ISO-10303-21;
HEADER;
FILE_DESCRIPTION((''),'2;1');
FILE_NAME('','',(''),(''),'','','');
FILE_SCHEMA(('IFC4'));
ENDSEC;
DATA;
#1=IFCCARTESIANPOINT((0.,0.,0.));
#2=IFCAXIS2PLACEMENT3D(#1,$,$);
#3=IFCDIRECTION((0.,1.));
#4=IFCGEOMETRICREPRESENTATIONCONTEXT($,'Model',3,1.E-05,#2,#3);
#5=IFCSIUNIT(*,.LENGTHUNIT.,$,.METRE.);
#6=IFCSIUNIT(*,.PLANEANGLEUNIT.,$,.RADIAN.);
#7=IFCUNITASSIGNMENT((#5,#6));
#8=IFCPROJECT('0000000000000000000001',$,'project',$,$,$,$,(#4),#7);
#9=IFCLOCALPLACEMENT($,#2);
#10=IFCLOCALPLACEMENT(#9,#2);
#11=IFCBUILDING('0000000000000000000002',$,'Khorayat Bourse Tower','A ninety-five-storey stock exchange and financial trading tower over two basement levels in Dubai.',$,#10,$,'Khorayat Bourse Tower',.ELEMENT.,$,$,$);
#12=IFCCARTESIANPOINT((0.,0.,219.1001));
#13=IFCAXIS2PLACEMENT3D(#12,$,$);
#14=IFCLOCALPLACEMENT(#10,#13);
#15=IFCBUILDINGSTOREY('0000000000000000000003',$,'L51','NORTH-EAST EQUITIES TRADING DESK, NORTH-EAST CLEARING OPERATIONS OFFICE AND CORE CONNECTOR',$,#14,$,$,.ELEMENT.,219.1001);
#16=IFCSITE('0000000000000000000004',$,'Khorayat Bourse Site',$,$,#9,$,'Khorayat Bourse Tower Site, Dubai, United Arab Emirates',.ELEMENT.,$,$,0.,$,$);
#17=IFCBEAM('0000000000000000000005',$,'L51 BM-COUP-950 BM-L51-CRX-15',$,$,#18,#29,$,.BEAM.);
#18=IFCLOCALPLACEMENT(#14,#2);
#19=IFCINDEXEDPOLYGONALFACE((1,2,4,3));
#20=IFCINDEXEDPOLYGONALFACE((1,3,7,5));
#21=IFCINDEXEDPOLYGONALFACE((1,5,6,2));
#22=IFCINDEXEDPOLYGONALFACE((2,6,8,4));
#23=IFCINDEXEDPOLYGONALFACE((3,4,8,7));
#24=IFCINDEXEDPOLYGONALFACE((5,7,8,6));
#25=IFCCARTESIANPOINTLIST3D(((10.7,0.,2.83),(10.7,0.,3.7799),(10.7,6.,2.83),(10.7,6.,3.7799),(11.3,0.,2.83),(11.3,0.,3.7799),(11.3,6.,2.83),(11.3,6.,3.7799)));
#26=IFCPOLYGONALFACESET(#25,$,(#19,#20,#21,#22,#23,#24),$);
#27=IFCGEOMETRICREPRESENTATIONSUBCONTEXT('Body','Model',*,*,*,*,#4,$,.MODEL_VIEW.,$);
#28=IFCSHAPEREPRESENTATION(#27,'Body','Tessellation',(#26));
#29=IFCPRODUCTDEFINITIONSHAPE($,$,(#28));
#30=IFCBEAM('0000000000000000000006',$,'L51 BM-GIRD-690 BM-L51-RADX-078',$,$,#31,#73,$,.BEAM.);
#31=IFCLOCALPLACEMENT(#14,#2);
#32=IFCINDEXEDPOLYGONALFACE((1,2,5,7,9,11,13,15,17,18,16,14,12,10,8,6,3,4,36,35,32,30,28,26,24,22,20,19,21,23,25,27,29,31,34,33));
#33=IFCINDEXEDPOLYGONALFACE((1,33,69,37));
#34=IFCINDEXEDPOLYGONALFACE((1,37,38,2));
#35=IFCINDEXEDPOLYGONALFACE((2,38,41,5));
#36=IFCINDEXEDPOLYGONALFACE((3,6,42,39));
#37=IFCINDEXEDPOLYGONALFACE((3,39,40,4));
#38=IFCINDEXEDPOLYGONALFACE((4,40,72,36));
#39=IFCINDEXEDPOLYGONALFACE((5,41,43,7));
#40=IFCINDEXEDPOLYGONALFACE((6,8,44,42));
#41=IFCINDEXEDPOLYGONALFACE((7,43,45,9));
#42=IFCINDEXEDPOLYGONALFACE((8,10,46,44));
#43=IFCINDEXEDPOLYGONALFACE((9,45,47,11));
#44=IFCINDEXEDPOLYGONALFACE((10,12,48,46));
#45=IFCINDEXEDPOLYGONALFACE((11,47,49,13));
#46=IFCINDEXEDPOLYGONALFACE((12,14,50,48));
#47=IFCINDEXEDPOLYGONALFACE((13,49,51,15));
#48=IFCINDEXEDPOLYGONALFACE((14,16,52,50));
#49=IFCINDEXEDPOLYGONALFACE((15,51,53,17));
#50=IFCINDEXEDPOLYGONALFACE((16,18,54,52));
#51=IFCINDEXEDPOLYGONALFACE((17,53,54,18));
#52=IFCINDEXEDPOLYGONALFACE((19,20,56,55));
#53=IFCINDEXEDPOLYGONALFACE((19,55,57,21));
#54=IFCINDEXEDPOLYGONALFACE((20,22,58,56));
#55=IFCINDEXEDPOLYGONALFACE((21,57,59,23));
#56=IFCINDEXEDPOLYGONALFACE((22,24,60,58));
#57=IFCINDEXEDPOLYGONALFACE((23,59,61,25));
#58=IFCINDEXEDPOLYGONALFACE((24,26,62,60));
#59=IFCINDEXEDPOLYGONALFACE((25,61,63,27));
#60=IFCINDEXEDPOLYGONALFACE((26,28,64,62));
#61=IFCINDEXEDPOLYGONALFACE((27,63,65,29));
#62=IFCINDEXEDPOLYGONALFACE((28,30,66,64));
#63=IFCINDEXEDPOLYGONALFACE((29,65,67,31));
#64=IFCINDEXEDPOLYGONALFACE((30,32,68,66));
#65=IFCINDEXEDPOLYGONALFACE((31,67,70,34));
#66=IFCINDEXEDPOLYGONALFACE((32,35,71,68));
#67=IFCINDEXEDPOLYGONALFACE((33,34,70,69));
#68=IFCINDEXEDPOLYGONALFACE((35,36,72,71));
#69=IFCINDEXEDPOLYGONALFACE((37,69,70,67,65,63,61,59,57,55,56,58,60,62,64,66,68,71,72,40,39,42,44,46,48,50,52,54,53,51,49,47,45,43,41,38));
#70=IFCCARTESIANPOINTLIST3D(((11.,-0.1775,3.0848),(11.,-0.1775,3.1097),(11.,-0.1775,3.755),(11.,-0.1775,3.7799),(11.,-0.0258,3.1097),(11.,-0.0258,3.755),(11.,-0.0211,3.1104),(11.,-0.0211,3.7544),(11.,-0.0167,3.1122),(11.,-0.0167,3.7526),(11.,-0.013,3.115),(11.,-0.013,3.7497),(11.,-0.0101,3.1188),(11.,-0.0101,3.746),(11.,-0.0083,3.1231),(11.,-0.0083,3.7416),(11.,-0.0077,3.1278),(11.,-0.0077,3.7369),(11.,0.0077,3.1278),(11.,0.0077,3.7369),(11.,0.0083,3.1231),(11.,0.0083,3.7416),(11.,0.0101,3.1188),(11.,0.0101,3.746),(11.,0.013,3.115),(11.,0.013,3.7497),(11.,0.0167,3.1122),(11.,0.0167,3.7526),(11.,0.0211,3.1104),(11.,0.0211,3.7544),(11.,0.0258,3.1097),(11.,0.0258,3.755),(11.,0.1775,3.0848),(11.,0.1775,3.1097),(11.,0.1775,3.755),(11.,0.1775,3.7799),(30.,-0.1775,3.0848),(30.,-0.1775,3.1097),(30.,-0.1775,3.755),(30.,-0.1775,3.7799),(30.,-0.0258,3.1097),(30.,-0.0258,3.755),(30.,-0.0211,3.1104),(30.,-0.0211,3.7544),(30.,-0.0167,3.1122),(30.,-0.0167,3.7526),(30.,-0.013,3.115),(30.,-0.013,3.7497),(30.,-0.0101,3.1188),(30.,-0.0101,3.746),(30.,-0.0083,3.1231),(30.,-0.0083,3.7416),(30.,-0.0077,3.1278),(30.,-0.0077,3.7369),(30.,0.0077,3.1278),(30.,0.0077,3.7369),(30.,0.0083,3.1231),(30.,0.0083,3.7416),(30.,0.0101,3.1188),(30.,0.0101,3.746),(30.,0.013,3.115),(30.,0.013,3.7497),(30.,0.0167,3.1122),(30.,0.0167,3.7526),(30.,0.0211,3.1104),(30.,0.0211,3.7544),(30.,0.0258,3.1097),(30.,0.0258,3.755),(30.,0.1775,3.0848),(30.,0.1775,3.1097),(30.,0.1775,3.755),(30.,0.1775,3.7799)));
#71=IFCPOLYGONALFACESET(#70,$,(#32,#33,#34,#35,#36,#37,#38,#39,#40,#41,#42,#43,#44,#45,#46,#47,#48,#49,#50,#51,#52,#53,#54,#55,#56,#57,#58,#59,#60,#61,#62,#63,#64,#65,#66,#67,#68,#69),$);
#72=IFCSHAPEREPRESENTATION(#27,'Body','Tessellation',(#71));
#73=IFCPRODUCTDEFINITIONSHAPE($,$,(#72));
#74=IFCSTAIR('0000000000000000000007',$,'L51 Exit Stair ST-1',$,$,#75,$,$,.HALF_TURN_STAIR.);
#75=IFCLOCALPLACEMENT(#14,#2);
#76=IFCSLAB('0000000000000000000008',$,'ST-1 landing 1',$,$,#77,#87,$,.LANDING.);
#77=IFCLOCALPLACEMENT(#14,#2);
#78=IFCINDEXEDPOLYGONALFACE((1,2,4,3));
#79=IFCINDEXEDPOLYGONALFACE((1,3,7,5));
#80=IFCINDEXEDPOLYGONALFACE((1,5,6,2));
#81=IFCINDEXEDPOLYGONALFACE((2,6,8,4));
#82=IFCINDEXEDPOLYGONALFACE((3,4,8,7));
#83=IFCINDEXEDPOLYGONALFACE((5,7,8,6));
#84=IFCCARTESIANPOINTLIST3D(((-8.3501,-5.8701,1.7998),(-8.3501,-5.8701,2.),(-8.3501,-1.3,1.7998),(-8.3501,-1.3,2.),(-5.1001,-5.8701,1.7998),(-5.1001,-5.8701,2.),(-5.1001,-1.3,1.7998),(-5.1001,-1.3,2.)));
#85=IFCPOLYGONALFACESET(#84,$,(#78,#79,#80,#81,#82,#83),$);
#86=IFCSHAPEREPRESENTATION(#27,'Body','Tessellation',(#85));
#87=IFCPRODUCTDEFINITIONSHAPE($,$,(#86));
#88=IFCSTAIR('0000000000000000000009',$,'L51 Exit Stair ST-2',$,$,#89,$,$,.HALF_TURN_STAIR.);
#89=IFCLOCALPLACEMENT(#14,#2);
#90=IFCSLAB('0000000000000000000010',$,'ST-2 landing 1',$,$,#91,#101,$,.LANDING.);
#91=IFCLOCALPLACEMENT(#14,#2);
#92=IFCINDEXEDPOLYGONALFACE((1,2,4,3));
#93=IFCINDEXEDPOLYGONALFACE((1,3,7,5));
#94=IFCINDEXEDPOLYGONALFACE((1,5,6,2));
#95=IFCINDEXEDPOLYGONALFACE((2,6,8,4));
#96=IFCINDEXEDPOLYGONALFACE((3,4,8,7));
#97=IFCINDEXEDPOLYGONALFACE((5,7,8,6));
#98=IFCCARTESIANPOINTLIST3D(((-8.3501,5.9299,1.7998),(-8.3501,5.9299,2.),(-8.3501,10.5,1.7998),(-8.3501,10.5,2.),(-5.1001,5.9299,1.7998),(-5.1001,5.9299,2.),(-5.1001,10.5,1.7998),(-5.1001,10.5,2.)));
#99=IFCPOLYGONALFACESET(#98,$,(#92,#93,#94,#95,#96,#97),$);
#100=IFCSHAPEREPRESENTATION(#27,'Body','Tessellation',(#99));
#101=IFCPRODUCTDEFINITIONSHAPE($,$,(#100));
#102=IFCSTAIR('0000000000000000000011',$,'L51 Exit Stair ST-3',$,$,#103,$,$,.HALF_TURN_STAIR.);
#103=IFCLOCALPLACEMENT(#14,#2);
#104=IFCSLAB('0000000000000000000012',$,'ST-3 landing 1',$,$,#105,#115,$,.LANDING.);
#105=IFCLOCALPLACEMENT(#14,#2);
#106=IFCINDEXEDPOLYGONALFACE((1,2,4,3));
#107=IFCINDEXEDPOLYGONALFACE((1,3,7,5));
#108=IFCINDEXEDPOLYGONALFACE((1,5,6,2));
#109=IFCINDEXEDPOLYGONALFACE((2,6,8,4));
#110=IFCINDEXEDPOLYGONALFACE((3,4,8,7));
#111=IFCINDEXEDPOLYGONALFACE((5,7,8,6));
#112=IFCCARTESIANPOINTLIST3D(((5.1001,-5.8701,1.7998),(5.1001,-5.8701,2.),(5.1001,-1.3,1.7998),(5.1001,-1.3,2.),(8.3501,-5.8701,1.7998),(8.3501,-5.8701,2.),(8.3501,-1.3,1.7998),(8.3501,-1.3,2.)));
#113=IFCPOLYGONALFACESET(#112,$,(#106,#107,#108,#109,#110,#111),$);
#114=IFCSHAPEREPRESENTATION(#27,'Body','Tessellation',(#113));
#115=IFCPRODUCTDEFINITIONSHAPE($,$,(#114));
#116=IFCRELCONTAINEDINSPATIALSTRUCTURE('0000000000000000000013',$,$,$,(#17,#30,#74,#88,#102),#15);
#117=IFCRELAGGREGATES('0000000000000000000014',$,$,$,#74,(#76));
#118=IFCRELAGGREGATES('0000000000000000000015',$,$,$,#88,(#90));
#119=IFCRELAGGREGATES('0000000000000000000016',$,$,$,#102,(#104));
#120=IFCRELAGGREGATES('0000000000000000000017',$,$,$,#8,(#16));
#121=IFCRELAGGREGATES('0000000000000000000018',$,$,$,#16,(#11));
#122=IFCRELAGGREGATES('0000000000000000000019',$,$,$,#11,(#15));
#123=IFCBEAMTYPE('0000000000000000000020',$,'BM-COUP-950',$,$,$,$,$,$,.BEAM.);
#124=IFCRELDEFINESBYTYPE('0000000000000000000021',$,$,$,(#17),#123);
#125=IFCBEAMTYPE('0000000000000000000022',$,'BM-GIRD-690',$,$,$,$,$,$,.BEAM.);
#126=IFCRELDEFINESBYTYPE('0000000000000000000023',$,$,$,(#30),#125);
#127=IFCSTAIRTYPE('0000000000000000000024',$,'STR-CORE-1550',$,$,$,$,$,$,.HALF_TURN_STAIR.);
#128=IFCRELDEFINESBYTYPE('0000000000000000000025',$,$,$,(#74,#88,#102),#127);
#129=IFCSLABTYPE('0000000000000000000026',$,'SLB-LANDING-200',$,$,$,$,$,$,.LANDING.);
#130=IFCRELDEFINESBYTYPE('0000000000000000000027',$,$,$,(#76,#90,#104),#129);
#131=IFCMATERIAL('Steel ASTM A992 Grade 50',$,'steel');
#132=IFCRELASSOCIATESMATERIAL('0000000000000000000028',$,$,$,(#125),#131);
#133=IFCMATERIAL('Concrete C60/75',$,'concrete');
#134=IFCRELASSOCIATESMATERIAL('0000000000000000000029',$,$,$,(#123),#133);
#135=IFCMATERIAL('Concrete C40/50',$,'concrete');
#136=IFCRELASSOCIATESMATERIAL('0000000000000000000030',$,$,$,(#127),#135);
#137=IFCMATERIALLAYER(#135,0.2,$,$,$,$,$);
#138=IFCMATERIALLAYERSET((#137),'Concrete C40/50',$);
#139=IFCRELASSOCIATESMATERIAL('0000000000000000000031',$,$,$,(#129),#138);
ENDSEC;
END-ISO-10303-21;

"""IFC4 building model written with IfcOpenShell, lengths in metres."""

from ifc_helpers import new_model, si_unit, direction, frame, origin, origin_2d, place, context, subcontext, project, spatial, polyline, rectangle, i_section, outline, extrude, source, transform, mapped, material, layer, layer_set, material_profile, profile_set, type_object, element, aggregate, save


model = new_model("IFC4")

# Units and contexts
model_context = context("Model", 3, precision=1e-05, world=origin(), true_north=direction((0.0, 1.0)))
body_context = subcontext(model_context, "Body", "Model", "MODEL_VIEW")
ifc_project = project(units=[si_unit("LENGTHUNIT", "METRE"), si_unit("PLANEANGLEUNIT", "RADIAN")], contexts=[model_context])

# Site, building, storey
site_placement = place(None, origin())
site = spatial("IfcSite", under=ifc_project, at=site_placement, Name="Khorayat Bourse Site", LongName="Khorayat Bourse Tower Site, Dubai, United Arab Emirates", CompositionType="ELEMENT", RefElevation=0.0)
building_placement = place(site_placement, origin())
building = spatial("IfcBuilding", under=site, at=building_placement, Name="Khorayat Bourse Tower", Description="A ninety-five-storey stock exchange and financial trading tower over two basement levels in Dubai.", LongName="Khorayat Bourse Tower", CompositionType="ELEMENT")
storey_placement = place(building_placement, frame((0.0, 0.0, 219.1001)))
storey = spatial("IfcBuildingStorey", under=building, at=storey_placement, Name="L51", Description="NORTH-EAST EQUITIES TRADING DESK, NORTH-EAST CLEARING OPERATIONS OFFICE AND CORE CONNECTOR", CompositionType="ELEMENT", Elevation=219.1001)

# Shared definitions
ifc_material_1 = material(Name="Concrete C60/75", Category="concrete")

# Beams
ifc_material_2 = material(Name="Steel ASTM A992 Grade 50", Category="steel")
ifc_material_profile_1 = material_profile(ifc_material_2, i_section(OverallWidth=0.355, OverallDepth=0.6951, WebThickness=0.0154, FlangeThickness=0.0249, FilletRadius=0.0181, at=origin_2d()), Name="W690X217")
ifc_profile_set_1 = profile_set([ifc_material_profile_1], Name="Steel ASTM A992 Grade 50")
beam_type_1 = type_object("IfcBeamType", Name="BM-GIRD-690", PredefinedType="BEAM", material=ifc_profile_set_1)
ifc_material_profile_2 = material_profile(ifc_material_1, rectangle(XDim=0.6001, YDim=0.95, at=origin_2d()), Name="RC 600x950")
ifc_profile_set_2 = profile_set([ifc_material_profile_2], Name="Concrete C60/75")
beam_type_2 = type_object("IfcBeamType", Name="BM-COUP-950", PredefinedType="BEAM", material=ifc_profile_set_2)
shared_shape_1 = source(origin(), body_context, "Body", "SweptSolid", [
    extrude(rectangle(XDim=0.6001, YDim=0.95, at=origin_2d()), origin(), (0.0, 0.0, 1.0), 6.0),
])
beam_1_placement = place(storey_placement, frame((11.0, 0.0, 3.3049), z_axis=(0.0, 1.0, 0.0), x_axis=(-1.0, 0.0, 0.0)))
element("IfcBeam", 1, at=beam_1_placement, inside=storey, type_object=beam_type_2, Name="L51 BM-COUP-950 BM-L51-CRX-15", PredefinedType="BEAM", context=body_context, shape_type="MappedRepresentation", body=[
    mapped(shared_shape_1, transform((0.0, 0.0, 0.0), scale=1.0)),
])
shared_shape_2 = source(origin(), body_context, "Body", "SweptSolid", [
    extrude(i_section(OverallWidth=0.355, OverallDepth=0.6951, WebThickness=0.0154, FlangeThickness=0.0249, FilletRadius=0.0181, at=origin_2d()), origin(), (0.0, 0.0, 1.0), 19.0),
])
beam_2_placement = place(storey_placement, frame((11.0, 0.0, 3.4324), z_axis=(1.0, 0.0, 0.0), x_axis=(0.0, 1.0, 0.0)))
element("IfcBeam", 2, at=beam_2_placement, inside=storey, type_object=beam_type_1, Name="L51 BM-GIRD-690 BM-L51-RADX-078", PredefinedType="BEAM", context=body_context, shape_type="MappedRepresentation", body=[
    mapped(shared_shape_2, transform((0.0, 0.0, 0.0), scale=1.0)),
])

# Stairs, slabs
ifc_material_3 = material(Name="Concrete C40/50", Category="concrete")
stair_type = type_object("IfcStairType", Name="STR-CORE-1550", PredefinedType="HALF_TURN_STAIR", material=ifc_material_3)
stair_1_placement = place(storey_placement, origin())
stair_1 = element("IfcStair", 3, at=stair_1_placement, inside=storey, type_object=stair_type, Name="L51 Exit Stair ST-1", PredefinedType="HALF_TURN_STAIR")
ifc_layer_1 = layer(ifc_material_3, 0.2)
ifc_layer_set_1 = layer_set([ifc_layer_1], Name="Concrete C40/50")
slab_type_1 = type_object("IfcSlabType", Name="SLB-LANDING-200", PredefinedType="LANDING", material=ifc_layer_set_1)
slab_1_placement = place(storey_placement, frame((0.0, 0.0, 1.7998)))
slab_1 = element("IfcSlab", 4, at=slab_1_placement, type_object=slab_type_1, Name="ST-1 landing 1", PredefinedType="LANDING", context=body_context, shape_type="SweptSolid", body=[
    extrude(outline(polyline([(-5.1001, -5.8701), (-5.1001, -1.3), (-8.3501, -1.3), (-8.3501, -5.8701), (-5.1001, -5.8701)])), origin(), (0.0, 0.0, 1.0), 0.2002),
])
aggregate(stair_1, [slab_1])
stair_2_placement = place(storey_placement, origin())
stair_2 = element("IfcStair", 5, at=stair_2_placement, inside=storey, type_object=stair_type, Name="L51 Exit Stair ST-2", PredefinedType="HALF_TURN_STAIR")
slab_2_placement = place(storey_placement, frame((0.0, 0.0, 1.7998)))
slab_2 = element("IfcSlab", 6, at=slab_2_placement, type_object=slab_type_1, Name="ST-2 landing 1", PredefinedType="LANDING", context=body_context, shape_type="SweptSolid", body=[
    extrude(outline(polyline([(-5.1001, 5.9299), (-5.1001, 10.5), (-8.3501, 10.5), (-8.3501, 5.9299), (-5.1001, 5.9299)])), origin(), (0.0, 0.0, 1.0), 0.2002),
])
aggregate(stair_2, [slab_2])
stair_3_placement = place(storey_placement, origin())
stair_3 = element("IfcStair", 7, at=stair_3_placement, inside=storey, type_object=stair_type, Name="L51 Exit Stair ST-3", PredefinedType="HALF_TURN_STAIR")
slab_3_placement = place(storey_placement, frame((0.0, 0.0, 1.7998)))
slab_3 = element("IfcSlab", 8, at=slab_3_placement, type_object=slab_type_1, Name="ST-3 landing 1", PredefinedType="LANDING", context=body_context, shape_type="SweptSolid", body=[
    extrude(outline(polyline([(8.3501, -5.8701), (8.3501, -1.3), (5.1001, -1.3), (5.1001, -5.8701), (8.3501, -5.8701)])), origin(), (0.0, 0.0, 1.0), 0.2002),
])
aggregate(stair_3, [slab_3])

save(model, "model.ifc")
